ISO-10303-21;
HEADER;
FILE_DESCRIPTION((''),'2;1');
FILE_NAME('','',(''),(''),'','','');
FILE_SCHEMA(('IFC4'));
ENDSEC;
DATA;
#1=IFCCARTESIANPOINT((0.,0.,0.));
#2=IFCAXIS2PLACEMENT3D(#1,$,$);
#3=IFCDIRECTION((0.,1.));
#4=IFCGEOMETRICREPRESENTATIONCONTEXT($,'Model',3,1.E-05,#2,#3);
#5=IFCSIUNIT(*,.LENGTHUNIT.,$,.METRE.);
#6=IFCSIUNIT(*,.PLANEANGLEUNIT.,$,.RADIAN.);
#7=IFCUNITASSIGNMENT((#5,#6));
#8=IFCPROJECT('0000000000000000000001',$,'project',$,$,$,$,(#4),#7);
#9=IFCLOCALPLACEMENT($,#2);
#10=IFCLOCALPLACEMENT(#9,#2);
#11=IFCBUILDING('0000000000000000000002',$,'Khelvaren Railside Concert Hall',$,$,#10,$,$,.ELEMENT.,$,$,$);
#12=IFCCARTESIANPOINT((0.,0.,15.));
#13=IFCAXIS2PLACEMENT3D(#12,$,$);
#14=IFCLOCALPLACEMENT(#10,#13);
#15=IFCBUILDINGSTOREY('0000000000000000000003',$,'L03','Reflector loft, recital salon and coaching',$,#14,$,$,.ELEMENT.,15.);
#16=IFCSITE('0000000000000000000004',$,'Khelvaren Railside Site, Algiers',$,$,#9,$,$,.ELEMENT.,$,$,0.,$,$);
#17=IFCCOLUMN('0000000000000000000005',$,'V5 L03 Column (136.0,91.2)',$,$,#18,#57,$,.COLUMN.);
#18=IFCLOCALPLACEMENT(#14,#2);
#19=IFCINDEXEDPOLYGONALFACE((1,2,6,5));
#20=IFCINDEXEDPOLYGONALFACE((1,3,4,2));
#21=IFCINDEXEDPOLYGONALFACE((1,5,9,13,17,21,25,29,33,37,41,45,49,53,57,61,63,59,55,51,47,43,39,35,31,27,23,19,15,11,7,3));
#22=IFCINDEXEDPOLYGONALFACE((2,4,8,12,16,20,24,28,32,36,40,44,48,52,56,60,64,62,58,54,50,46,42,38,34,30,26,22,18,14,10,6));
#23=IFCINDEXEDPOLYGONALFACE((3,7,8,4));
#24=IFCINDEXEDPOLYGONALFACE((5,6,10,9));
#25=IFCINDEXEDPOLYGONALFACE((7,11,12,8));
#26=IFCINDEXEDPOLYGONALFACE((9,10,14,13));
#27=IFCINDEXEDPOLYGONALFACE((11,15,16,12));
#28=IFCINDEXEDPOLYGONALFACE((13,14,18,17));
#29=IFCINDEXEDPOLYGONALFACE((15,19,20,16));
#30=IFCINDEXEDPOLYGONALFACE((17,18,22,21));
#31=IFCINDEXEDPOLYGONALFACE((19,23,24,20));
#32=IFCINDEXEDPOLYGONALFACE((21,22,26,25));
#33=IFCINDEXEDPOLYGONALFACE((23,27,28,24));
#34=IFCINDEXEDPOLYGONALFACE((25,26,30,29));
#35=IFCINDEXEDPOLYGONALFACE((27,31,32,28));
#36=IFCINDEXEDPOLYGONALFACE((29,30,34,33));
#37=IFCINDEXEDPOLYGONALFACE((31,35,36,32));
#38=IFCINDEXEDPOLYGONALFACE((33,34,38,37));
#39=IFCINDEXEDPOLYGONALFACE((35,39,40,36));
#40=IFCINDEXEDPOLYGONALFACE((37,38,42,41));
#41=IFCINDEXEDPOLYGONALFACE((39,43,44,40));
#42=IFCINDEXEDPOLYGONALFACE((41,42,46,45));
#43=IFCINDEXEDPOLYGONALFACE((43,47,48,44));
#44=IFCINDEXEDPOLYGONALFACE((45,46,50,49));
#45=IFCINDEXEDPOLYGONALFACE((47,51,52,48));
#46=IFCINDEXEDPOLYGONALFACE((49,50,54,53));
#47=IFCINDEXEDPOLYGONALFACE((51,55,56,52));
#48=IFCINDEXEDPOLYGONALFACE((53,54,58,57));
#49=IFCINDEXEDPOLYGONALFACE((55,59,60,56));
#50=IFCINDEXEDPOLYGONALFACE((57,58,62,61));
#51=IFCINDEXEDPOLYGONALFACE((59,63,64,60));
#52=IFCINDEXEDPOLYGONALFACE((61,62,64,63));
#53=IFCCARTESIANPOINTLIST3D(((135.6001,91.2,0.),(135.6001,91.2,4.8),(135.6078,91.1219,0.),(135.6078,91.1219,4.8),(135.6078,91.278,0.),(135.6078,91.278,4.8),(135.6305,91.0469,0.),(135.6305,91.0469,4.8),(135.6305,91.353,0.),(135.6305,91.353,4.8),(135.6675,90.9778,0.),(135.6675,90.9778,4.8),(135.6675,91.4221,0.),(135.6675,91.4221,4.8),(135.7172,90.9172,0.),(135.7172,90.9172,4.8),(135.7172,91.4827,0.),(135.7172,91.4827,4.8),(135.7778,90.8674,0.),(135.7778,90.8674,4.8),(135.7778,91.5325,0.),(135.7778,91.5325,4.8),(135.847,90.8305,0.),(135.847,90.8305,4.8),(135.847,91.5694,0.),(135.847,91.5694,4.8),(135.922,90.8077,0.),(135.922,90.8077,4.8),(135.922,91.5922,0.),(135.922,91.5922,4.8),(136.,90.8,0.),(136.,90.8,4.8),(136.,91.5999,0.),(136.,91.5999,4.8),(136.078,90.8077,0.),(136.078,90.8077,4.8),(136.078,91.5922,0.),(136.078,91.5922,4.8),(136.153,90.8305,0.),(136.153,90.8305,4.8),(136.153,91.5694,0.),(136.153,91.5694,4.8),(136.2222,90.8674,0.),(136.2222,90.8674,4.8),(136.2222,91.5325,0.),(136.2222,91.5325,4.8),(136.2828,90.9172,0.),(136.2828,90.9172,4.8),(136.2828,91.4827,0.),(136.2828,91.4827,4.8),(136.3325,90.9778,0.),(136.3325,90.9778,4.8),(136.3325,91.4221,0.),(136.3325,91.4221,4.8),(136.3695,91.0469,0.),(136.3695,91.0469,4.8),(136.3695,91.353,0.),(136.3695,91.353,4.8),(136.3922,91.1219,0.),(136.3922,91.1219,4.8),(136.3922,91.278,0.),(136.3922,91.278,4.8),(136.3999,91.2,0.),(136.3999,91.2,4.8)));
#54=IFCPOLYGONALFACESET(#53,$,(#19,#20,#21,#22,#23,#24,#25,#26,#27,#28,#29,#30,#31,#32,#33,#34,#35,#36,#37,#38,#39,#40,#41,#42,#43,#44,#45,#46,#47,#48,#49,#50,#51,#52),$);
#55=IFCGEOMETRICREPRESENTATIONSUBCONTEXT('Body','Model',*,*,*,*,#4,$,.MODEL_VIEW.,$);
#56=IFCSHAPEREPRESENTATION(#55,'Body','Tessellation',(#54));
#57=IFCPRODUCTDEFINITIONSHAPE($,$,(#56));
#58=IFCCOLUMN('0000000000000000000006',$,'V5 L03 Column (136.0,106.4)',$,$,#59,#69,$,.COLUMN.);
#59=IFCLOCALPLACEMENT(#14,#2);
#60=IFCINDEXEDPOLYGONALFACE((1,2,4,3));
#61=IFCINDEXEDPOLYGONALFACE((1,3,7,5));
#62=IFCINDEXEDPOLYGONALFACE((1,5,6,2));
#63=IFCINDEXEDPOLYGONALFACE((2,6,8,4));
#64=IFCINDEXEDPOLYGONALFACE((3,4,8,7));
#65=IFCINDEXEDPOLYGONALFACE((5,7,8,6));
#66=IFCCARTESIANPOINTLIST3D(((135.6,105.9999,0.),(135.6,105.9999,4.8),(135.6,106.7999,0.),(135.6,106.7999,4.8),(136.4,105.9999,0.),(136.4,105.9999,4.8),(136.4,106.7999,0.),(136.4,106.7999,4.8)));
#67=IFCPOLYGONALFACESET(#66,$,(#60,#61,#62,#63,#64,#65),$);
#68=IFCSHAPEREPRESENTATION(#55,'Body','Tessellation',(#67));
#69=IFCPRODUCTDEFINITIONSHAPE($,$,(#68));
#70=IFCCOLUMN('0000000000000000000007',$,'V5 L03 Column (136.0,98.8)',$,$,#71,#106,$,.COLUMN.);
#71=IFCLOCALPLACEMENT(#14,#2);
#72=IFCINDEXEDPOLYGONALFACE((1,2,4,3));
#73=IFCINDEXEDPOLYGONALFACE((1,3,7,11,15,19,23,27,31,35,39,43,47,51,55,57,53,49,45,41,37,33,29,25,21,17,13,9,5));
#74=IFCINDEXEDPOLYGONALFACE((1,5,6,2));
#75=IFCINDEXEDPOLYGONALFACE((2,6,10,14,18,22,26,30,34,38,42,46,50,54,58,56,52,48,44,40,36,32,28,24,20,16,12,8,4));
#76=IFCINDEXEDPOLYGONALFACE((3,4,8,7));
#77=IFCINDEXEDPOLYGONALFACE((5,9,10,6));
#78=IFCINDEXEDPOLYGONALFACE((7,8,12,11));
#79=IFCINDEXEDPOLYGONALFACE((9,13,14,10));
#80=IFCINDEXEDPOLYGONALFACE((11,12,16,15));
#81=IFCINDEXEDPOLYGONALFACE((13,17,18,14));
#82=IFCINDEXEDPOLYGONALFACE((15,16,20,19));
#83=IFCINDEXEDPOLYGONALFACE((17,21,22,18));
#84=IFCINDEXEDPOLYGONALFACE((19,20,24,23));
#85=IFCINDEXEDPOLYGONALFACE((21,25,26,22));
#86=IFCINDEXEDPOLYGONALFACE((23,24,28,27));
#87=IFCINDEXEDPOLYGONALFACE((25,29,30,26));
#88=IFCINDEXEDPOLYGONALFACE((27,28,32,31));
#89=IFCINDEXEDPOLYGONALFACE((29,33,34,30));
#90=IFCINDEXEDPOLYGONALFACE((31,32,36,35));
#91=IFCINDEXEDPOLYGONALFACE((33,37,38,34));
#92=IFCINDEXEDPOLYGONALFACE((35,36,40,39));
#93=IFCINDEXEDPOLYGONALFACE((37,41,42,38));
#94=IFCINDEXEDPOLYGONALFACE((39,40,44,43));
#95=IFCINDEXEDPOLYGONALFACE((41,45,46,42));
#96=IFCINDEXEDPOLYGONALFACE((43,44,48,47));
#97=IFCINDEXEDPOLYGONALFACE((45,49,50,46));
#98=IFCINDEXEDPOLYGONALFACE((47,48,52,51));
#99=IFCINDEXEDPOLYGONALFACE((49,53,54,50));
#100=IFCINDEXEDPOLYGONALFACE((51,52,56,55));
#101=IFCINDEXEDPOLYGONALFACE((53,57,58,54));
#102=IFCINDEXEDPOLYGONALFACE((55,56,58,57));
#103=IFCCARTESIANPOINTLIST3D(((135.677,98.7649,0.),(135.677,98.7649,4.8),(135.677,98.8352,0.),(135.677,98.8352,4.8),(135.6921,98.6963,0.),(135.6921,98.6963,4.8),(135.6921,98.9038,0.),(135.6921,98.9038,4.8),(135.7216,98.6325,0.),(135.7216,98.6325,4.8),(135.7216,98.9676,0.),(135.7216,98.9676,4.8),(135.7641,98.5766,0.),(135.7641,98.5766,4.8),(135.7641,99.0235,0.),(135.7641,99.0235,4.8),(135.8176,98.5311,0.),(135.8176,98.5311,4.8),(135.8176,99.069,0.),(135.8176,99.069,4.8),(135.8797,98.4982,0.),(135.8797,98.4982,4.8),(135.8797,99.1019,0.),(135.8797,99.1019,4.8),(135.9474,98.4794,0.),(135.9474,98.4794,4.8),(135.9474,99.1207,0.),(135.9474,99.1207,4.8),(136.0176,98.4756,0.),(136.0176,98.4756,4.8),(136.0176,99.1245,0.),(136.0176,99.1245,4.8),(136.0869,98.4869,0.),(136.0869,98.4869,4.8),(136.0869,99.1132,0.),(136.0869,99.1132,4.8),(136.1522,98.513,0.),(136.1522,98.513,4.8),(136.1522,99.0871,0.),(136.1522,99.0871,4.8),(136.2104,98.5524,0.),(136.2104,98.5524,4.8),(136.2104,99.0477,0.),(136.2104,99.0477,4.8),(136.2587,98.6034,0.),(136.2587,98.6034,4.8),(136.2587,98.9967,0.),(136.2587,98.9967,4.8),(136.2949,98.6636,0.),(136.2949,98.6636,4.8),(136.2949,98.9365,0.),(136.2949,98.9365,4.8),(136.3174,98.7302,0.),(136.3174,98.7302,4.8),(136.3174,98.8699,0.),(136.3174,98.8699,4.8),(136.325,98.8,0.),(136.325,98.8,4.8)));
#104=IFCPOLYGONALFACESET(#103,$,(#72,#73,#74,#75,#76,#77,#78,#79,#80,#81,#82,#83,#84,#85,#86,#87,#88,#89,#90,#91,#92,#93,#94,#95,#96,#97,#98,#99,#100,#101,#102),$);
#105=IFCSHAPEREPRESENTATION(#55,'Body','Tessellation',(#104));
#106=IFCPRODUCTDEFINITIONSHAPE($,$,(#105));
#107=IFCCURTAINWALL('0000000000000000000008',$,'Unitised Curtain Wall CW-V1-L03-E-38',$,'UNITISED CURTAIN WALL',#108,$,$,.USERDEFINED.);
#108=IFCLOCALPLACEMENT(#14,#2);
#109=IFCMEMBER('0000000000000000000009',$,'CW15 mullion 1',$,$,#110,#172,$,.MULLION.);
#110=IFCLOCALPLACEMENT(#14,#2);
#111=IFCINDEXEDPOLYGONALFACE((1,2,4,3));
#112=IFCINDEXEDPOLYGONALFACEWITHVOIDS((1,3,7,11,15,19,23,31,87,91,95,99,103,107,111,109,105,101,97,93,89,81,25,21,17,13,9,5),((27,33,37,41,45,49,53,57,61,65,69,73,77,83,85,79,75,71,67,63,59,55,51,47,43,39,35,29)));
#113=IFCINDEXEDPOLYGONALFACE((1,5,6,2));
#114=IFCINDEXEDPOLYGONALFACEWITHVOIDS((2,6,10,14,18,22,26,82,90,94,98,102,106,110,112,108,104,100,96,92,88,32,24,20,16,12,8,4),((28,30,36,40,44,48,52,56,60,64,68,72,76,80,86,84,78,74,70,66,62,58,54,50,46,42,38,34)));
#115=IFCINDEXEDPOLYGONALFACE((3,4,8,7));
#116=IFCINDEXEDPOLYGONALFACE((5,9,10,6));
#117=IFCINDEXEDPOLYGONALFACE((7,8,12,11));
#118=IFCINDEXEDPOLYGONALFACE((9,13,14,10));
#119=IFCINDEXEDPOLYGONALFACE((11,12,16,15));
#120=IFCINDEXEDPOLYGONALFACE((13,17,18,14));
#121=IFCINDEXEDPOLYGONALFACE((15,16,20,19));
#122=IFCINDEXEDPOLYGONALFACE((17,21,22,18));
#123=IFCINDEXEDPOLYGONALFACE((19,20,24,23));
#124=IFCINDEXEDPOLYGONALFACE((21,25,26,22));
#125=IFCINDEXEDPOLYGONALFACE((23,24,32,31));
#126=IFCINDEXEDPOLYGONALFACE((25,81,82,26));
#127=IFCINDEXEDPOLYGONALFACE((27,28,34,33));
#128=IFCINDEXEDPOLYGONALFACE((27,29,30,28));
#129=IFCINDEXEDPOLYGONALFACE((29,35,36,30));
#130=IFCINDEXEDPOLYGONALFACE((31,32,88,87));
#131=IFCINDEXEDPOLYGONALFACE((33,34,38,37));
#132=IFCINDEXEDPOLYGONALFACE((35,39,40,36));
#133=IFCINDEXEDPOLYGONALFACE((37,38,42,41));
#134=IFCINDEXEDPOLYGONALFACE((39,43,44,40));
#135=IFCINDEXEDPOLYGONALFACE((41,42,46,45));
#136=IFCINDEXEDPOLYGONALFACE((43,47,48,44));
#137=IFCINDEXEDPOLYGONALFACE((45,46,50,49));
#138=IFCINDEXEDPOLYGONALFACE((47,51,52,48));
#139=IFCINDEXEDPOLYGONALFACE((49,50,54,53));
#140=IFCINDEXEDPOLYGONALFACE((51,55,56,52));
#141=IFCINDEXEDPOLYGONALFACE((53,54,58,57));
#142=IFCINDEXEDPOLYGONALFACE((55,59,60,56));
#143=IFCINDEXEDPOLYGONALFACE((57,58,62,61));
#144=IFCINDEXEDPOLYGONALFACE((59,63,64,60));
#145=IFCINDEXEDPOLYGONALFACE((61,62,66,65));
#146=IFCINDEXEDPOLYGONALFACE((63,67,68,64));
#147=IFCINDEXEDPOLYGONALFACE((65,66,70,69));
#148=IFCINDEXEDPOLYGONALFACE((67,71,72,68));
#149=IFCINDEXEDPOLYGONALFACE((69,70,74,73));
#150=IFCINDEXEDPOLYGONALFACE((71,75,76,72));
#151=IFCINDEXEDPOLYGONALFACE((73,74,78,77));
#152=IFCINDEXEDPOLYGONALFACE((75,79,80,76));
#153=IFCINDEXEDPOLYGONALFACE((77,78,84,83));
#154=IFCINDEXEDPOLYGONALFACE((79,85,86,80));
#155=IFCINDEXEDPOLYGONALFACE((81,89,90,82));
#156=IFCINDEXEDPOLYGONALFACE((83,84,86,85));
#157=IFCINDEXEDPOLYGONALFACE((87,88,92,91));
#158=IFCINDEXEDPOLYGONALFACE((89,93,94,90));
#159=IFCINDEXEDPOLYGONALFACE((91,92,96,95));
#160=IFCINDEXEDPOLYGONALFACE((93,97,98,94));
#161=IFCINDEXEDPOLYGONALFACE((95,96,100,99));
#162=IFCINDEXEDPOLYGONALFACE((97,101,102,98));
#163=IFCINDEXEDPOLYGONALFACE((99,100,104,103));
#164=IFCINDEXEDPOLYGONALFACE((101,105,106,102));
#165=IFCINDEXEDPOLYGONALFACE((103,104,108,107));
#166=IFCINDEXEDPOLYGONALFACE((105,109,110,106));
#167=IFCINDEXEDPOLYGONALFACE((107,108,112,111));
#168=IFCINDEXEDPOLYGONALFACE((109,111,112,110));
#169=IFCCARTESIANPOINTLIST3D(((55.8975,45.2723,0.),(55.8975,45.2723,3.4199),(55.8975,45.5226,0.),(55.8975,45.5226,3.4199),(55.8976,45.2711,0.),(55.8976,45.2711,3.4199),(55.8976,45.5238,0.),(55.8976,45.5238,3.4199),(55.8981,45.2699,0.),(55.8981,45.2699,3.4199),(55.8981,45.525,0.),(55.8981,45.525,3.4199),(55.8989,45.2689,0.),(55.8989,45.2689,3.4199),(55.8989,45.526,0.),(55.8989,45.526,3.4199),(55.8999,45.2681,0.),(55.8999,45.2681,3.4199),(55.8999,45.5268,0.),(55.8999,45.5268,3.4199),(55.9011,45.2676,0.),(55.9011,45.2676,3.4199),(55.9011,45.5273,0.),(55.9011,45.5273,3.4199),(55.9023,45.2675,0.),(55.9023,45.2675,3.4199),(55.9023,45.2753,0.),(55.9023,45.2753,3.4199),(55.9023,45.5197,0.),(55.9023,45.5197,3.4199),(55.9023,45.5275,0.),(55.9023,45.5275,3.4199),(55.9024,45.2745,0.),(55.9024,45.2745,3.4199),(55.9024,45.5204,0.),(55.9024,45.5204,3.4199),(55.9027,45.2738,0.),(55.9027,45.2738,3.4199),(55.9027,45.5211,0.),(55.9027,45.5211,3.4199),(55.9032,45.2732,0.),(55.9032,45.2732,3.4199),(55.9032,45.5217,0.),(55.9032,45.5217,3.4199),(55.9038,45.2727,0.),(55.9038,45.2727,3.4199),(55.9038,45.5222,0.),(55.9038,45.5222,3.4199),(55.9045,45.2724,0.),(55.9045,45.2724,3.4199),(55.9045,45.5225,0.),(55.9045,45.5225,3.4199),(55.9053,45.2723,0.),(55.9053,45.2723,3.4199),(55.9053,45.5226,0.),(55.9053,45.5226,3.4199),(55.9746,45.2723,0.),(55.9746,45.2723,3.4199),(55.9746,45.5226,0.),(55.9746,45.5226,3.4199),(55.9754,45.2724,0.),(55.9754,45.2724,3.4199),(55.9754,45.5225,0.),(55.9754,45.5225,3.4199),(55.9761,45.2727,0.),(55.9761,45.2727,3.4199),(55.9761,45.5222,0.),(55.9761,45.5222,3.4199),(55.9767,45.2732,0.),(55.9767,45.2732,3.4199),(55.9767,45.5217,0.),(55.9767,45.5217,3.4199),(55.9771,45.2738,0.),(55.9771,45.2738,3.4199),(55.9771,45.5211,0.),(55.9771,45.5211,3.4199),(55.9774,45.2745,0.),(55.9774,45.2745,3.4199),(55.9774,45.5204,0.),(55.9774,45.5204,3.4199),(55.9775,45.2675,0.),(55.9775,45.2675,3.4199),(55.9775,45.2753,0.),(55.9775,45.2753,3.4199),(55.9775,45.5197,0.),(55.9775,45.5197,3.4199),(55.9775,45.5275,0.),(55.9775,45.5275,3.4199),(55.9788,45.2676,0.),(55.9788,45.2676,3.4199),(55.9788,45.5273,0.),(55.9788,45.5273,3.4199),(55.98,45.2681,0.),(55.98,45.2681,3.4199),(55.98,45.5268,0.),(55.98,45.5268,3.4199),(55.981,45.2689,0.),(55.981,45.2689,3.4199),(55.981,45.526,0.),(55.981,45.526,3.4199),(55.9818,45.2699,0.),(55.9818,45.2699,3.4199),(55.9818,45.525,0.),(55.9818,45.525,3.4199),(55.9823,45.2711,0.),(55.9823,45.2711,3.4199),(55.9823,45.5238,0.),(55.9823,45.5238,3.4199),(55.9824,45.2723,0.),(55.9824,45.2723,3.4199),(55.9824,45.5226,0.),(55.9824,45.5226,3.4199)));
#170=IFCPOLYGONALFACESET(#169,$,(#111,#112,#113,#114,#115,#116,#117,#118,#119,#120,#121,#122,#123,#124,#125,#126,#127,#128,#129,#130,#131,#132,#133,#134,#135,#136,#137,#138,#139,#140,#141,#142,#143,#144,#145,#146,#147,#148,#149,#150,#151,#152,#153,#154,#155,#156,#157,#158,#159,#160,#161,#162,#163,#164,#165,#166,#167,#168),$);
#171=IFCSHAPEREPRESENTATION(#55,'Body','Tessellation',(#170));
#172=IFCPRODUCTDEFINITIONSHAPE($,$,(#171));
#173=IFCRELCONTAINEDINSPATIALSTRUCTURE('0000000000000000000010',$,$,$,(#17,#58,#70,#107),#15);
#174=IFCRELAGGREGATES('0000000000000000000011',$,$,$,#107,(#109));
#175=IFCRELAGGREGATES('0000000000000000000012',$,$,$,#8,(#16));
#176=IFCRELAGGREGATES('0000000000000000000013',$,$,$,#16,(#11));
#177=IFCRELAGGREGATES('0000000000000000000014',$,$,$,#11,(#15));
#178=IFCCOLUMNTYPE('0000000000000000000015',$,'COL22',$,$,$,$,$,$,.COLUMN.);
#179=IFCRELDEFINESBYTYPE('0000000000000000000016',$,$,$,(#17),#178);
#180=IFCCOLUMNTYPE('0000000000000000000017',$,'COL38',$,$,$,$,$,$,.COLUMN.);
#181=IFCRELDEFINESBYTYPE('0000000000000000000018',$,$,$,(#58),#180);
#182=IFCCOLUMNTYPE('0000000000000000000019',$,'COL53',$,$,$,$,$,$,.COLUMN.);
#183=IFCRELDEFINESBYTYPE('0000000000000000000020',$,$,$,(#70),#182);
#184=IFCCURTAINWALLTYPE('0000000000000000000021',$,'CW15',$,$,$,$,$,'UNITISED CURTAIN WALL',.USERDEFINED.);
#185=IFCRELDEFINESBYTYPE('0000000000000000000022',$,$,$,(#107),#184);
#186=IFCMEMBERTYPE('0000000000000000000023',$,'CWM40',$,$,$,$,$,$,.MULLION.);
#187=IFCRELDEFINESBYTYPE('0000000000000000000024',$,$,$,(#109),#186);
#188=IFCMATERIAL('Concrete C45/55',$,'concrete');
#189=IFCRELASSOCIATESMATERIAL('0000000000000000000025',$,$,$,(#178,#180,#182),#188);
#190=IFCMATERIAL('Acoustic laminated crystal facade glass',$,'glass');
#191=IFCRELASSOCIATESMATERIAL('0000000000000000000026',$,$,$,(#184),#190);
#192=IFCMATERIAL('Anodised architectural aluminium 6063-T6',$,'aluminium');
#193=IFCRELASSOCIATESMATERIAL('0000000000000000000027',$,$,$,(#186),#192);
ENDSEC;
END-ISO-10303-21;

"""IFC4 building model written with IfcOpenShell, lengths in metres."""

from ifc_helpers import new_model, si_unit, direction, frame, origin, origin_2d, place, context, subcontext, project, spatial, rectangle, hollow_rectangle, circle, extrude, material, material_profile, profile_set, type_object, element, aggregate, save


model = new_model("IFC4")

# Units and contexts
model_context = context("Model", 3, precision=1e-05, world=origin(), true_north=direction((0.0, 1.0)))
body_context = subcontext(model_context, "Body", "Model", "MODEL_VIEW")
ifc_project = project(units=[si_unit("LENGTHUNIT", "METRE"), si_unit("PLANEANGLEUNIT", "RADIAN")], contexts=[model_context])

# Site, building, storey
site_placement = place(None, origin())
site = spatial("IfcSite", under=ifc_project, at=site_placement, Name="Khelvaren Railside Site, Algiers", CompositionType="ELEMENT", RefElevation=0.0)
building_placement = place(site_placement, origin())
building = spatial("IfcBuilding", under=site, at=building_placement, Name="Khelvaren Railside Concert Hall", CompositionType="ELEMENT")
storey_placement = place(building_placement, frame((0.0, 0.0, 15.0)))
storey = spatial("IfcBuildingStorey", under=building, at=storey_placement, Name="L03", Description="Reflector loft, recital salon and coaching", CompositionType="ELEMENT", Elevation=15.0)

# Columns
ifc_material_1 = material(Name="Concrete C45/55", Category="concrete")
ifc_material_profile_1 = material_profile(ifc_material_1, circle(Radius=0.3999, at=origin_2d()), Name="RC D800")
ifc_profile_set_1 = profile_set([ifc_material_profile_1], Name="Concrete C45/55")
column_type_1 = type_object("IfcColumnType", Name="COL22", PredefinedType="COLUMN", material=ifc_profile_set_1)
column_1_placement = place(storey_placement, frame((136.0, 91.2, 0.0), z_axis=(0.0, 0.0, 1.0), x_axis=(1.0, 0.0, 0.0)))
element("IfcColumn", 1, at=column_1_placement, inside=storey, type_object=column_type_1, Name="V5 L03 Column (136.0,91.2)", PredefinedType="COLUMN", context=body_context, shape_type="SweptSolid", body=[
    extrude(circle(Radius=0.3999, at=origin_2d()), origin(), (0.0, 0.0, 1.0), 4.8),
])
ifc_material_profile_2 = material_profile(ifc_material_1, rectangle(XDim=0.8, YDim=0.8, at=origin_2d()), Name="RC 800x800")
ifc_profile_set_2 = profile_set([ifc_material_profile_2], Name="Concrete C45/55")
column_type_2 = type_object("IfcColumnType", Name="COL38", PredefinedType="COLUMN", material=ifc_profile_set_2)
column_2_placement = place(storey_placement, frame((136.0, 106.3999, 0.0), z_axis=(0.0, 0.0, 1.0), x_axis=(1.0, 0.0, 0.0)))
element("IfcColumn", 2, at=column_2_placement, inside=storey, type_object=column_type_2, Name="V5 L03 Column (136.0,106.4)", PredefinedType="COLUMN", context=body_context, shape_type="SweptSolid", body=[
    extrude(rectangle(XDim=0.8, YDim=0.8, at=origin_2d()), origin(), (0.0, 0.0, 1.0), 4.8),
])
ifc_material_profile_3 = material_profile(ifc_material_1, circle(Radius=0.325, at=origin_2d()), Name="RC D650")
ifc_profile_set_3 = profile_set([ifc_material_profile_3], Name="Concrete C45/55")
column_type_3 = type_object("IfcColumnType", Name="COL53", PredefinedType="COLUMN", material=ifc_profile_set_3)
column_3_placement = place(storey_placement, frame((136.0, 98.8, 0.0), z_axis=(0.0, 0.0, 1.0), x_axis=(1.0, 0.0, 0.0)))
element("IfcColumn", 3, at=column_3_placement, inside=storey, type_object=column_type_3, Name="V5 L03 Column (136.0,98.8)", PredefinedType="COLUMN", context=body_context, shape_type="SweptSolid", body=[
    extrude(circle(Radius=0.325, at=origin_2d()), origin(), (0.0, 0.0, 1.0), 4.8),
])

# Curtain wall, member
ifc_material_2 = material(Name="Acoustic laminated crystal facade glass", Category="glass")
curtain_wall_type = type_object("IfcCurtainWallType", Name="CW15", ElementType="UNITISED CURTAIN WALL", PredefinedType="USERDEFINED", material=ifc_material_2)
curtain_wall_placement = place(storey_placement, origin())
curtain_wall = element("IfcCurtainWall", 4, at=curtain_wall_placement, inside=storey, type_object=curtain_wall_type, Name="Unitised Curtain Wall CW-V1-L03-E-38", ObjectType="UNITISED CURTAIN WALL", PredefinedType="USERDEFINED")
ifc_material_3 = material(Name="Anodised architectural aluminium 6063-T6", Category="aluminium")
ifc_material_profile_4 = material_profile(ifc_material_3, hollow_rectangle(XDim=0.085, YDim=0.26, WallThickness=0.0049, InnerFilletRadius=0.0029, OuterFilletRadius=0.0049, at=origin_2d()), Name="CWM 85x260x5")
ifc_profile_set_4 = profile_set([ifc_material_profile_4], Name="Anodised architectural aluminium 6063-T6")
member_type_1 = type_object("IfcMemberType", Name="CWM40", PredefinedType="MULLION", material=ifc_profile_set_4)
member_1_placement = place(storey_placement, frame((55.9399, 45.3975, 0.0), z_axis=(0.0, 0.0, 1.0), x_axis=(1.0, 0.0, 0.0)))
member_1 = element("IfcMember", 5, at=member_1_placement, type_object=member_type_1, Name="CW15 mullion 1", PredefinedType="MULLION", context=body_context, shape_type="SweptSolid", body=[
    extrude(hollow_rectangle(XDim=0.085, YDim=0.26, WallThickness=0.0049, InnerFilletRadius=0.0029, OuterFilletRadius=0.0049, at=origin_2d()), origin(), (0.0, 0.0, 1.0), 3.4199),
])

aggregate(curtain_wall, [member_1])

save(model, "model.ifc")
